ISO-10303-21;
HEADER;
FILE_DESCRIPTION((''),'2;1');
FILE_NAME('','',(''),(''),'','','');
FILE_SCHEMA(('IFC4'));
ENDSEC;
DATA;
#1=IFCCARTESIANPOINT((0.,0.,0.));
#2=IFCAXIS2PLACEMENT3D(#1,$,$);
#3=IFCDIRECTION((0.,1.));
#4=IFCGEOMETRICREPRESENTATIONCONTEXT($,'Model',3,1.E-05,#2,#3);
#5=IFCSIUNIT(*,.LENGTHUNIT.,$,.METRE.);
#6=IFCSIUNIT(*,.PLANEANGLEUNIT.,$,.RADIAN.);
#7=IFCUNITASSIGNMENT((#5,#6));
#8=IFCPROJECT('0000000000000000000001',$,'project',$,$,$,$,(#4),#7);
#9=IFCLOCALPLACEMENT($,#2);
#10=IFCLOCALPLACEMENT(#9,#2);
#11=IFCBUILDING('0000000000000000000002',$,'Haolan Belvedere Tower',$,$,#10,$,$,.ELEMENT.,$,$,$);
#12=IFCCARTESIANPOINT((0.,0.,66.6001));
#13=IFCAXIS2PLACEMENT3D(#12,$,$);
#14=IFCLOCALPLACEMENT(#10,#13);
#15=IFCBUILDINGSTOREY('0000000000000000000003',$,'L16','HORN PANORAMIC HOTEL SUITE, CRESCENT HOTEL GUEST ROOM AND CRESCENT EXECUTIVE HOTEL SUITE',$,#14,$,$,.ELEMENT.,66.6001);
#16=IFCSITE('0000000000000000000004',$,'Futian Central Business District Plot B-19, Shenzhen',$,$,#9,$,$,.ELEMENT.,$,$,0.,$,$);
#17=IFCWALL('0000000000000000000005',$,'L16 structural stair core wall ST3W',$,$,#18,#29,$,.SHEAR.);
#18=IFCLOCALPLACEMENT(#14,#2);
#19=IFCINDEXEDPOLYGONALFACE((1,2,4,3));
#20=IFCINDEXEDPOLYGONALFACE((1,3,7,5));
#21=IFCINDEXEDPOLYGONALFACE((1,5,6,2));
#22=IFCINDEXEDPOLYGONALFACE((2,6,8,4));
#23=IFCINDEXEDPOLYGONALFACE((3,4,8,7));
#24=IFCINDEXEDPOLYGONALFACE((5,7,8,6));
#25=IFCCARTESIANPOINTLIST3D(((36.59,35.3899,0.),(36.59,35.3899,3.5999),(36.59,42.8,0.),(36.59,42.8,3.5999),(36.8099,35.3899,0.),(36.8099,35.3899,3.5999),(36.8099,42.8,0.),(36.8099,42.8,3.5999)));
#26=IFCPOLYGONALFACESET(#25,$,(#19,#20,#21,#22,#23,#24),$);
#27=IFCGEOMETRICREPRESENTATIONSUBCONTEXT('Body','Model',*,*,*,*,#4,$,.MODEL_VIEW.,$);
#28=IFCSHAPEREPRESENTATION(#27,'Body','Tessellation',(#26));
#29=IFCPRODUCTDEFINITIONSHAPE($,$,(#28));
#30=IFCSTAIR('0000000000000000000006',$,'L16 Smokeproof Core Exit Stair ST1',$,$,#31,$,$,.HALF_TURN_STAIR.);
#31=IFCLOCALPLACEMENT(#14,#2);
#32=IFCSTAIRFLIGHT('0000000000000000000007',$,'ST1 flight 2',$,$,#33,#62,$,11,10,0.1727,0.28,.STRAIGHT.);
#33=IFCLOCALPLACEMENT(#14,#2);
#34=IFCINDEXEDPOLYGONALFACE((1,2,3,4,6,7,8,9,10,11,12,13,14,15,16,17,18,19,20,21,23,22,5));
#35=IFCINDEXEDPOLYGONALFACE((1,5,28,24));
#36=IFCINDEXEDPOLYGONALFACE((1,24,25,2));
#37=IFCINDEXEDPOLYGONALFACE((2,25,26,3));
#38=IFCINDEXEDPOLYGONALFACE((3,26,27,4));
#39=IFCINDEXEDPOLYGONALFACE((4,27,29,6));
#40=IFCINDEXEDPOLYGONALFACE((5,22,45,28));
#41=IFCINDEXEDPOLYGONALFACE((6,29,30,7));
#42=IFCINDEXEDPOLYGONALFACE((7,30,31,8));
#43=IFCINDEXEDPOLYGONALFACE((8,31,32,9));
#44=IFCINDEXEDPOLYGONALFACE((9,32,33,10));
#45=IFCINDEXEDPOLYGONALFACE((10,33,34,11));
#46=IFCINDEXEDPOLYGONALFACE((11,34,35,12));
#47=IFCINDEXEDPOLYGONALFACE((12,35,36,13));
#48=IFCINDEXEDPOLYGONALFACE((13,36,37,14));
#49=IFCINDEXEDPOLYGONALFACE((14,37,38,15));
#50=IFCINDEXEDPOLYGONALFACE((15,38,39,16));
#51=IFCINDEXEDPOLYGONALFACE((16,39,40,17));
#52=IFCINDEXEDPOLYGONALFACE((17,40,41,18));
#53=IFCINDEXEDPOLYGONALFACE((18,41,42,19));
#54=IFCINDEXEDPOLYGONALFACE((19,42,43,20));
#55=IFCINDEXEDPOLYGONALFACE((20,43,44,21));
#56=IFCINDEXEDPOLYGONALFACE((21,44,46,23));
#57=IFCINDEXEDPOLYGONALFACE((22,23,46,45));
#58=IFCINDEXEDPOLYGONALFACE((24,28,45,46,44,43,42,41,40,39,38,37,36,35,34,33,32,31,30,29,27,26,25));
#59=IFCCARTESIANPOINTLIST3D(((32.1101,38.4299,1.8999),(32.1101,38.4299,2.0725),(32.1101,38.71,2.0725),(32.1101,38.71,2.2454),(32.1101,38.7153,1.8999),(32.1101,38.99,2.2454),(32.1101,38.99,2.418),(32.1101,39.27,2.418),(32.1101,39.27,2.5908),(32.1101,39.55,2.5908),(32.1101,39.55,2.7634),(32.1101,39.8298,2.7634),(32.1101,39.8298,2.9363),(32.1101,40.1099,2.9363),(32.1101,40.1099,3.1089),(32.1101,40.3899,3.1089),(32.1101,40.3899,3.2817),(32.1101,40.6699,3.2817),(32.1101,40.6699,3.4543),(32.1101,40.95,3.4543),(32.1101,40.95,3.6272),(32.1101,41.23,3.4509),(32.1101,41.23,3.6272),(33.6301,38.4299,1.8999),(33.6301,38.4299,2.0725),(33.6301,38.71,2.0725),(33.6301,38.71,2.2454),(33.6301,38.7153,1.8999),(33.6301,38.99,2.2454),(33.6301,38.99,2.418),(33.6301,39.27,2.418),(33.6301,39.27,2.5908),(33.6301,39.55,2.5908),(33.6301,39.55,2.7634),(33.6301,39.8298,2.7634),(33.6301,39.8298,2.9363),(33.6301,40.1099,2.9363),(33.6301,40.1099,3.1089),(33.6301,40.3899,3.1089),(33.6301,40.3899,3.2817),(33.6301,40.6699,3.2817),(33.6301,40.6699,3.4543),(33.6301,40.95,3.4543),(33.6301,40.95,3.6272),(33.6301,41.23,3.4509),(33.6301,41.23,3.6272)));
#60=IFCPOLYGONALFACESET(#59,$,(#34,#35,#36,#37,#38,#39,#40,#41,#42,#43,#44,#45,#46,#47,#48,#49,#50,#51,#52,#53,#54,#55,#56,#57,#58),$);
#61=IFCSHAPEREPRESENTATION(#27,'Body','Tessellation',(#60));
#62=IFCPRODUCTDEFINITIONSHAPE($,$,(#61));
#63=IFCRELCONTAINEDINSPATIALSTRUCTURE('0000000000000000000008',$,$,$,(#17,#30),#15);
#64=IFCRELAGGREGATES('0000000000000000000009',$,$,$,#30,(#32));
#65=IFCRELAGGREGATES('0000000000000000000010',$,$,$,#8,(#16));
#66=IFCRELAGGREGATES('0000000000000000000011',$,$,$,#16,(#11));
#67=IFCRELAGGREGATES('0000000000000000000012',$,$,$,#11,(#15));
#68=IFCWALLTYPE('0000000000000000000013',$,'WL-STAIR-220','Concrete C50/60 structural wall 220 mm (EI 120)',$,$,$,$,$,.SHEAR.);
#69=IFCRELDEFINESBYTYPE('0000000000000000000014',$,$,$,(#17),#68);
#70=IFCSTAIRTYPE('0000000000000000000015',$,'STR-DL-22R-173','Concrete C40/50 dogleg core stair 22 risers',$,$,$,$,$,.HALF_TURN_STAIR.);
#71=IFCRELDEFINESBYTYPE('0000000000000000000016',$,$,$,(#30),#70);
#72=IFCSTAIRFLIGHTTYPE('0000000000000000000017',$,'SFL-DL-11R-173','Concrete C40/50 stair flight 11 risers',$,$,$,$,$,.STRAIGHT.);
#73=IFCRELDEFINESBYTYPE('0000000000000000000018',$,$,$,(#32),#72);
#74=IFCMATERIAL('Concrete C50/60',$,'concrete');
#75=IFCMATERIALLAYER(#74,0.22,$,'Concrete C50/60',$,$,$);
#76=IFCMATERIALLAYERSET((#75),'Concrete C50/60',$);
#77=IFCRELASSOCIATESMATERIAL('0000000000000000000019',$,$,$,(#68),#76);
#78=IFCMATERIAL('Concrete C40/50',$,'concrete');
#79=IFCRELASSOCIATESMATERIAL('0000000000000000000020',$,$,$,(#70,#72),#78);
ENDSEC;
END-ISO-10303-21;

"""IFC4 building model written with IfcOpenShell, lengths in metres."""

from ifc_helpers import new_model, si_unit, direction, frame, frame_2d, origin, place, context, subcontext, project, spatial, polyline, rectangle, outline, extrude, material, layer, layer_set, type_object, element, aggregate, save


model = new_model("IFC4")

# Units and contexts
model_context = context("Model", 3, precision=1e-05, world=origin(), true_north=direction((0.0, 1.0)))
body_context = subcontext(model_context, "Body", "Model", "MODEL_VIEW")
ifc_project = project(units=[si_unit("LENGTHUNIT", "METRE"), si_unit("PLANEANGLEUNIT", "RADIAN")], contexts=[model_context])

# Site, building, storey
site_placement = place(None, origin())
site = spatial("IfcSite", under=ifc_project, at=site_placement, Name="Futian Central Business District Plot B-19, Shenzhen", CompositionType="ELEMENT", RefElevation=0.0)
building_placement = place(site_placement, origin())
building = spatial("IfcBuilding", under=site, at=building_placement, Name="Haolan Belvedere Tower", CompositionType="ELEMENT")
storey_placement = place(building_placement, frame((0.0, 0.0, 66.6001)))
storey = spatial("IfcBuildingStorey", under=building, at=storey_placement, Name="L16", Description="HORN PANORAMIC HOTEL SUITE, CRESCENT HOTEL GUEST ROOM AND CRESCENT EXECUTIVE HOTEL SUITE", CompositionType="ELEMENT", Elevation=66.6001)

# Wall
ifc_material_1 = material(Name="Concrete C50/60", Category="concrete")
ifc_layer_1 = layer(ifc_material_1, 0.22, Name="Concrete C50/60")
ifc_layer_set_1 = layer_set([ifc_layer_1], Name="Concrete C50/60")
wall_type_1 = type_object("IfcWallType", Name="WL-STAIR-220", Description="Concrete C50/60 structural wall 220 mm (EI 120)", PredefinedType="SHEAR", material=ifc_layer_set_1)
for number, where, z_axis, x_axis, name in (
    (1, (36.7, 35.3899, 0.0), (0.0, 0.0, 1.0), (0.0, 1.0, 0.0), "L16 structural stair core wall ST3W"),
):
    element("IfcWall", number, at=place(storey_placement, frame(where, z_axis=z_axis, x_axis=x_axis)), inside=storey, type_object=wall_type_1, Name=name, PredefinedType="SHEAR", context=body_context, shape_type="SweptSolid", body=[
        extrude(rectangle(XDim=7.4102, YDim=0.22, at=frame_2d((3.7051, 0.0))), origin(), (0.0, 0.0, 1.0), 3.5999),
    ])

# Stair, stair flight
ifc_material_2 = material(Name="Concrete C40/50", Category="concrete")
stair_type = type_object("IfcStairType", Name="STR-DL-22R-173", Description="Concrete C40/50 dogleg core stair 22 risers", PredefinedType="HALF_TURN_STAIR", material=ifc_material_2)
stair_placement = place(storey_placement, origin())
stair = element("IfcStair", 2, at=stair_placement, inside=storey, type_object=stair_type, Name="L16 Smokeproof Core Exit Stair ST1", PredefinedType="HALF_TURN_STAIR")
stair_flight_type = type_object("IfcStairFlightType", Name="SFL-DL-11R-173", Description="Concrete C40/50 stair flight 11 risers", PredefinedType="STRAIGHT", material=ifc_material_2)
stair_flight_placement = place(storey_placement, frame((32.8701, 38.4299, 1.8999), z_axis=(0.0, 0.0, 1.0), x_axis=(0.0, 1.0, 0.0)))
stair_flight = element("IfcStairFlight", 3, at=stair_flight_placement, type_object=stair_flight_type, Name="ST1 flight 2", NumberOfRisers=11, NumberOfTreads=10, PredefinedType="STRAIGHT", RiserHeight=0.1727, TreadLength=0.28, context=body_context, shape_type="SweptSolid", body=[
    extrude(outline(polyline([(0.0, 0.0), (0.0, 0.1726), (0.28, 0.1726), (0.28, 0.3455), (0.5601, 0.3455), (0.5601, 0.5181), (0.8401, 0.5181), (0.8401, 0.6909), (1.1201, 0.6909), (1.1201, 0.8635), (1.3999, 0.8635), (1.3999, 1.0364), (1.6799, 1.0364), (1.6799, 1.209), (1.96, 1.209), (1.96, 1.3818), (2.24, 1.3818), (2.24, 1.5544), (2.52, 1.5544), (2.52, 1.7273), (2.8, 1.7273), (2.8, 1.8999), (2.8, 1.551), (0.2854, 0.0), (0.0, 0.0)])), frame((0.0, 0.76, 0.0), z_axis=(0.0, -1.0, 0.0), x_axis=(1.0, 0.0, 0.0)), (0.0, 0.0, 1.0), 1.52),
])
aggregate(stair, [stair_flight])

save(model, "model.ifc")
